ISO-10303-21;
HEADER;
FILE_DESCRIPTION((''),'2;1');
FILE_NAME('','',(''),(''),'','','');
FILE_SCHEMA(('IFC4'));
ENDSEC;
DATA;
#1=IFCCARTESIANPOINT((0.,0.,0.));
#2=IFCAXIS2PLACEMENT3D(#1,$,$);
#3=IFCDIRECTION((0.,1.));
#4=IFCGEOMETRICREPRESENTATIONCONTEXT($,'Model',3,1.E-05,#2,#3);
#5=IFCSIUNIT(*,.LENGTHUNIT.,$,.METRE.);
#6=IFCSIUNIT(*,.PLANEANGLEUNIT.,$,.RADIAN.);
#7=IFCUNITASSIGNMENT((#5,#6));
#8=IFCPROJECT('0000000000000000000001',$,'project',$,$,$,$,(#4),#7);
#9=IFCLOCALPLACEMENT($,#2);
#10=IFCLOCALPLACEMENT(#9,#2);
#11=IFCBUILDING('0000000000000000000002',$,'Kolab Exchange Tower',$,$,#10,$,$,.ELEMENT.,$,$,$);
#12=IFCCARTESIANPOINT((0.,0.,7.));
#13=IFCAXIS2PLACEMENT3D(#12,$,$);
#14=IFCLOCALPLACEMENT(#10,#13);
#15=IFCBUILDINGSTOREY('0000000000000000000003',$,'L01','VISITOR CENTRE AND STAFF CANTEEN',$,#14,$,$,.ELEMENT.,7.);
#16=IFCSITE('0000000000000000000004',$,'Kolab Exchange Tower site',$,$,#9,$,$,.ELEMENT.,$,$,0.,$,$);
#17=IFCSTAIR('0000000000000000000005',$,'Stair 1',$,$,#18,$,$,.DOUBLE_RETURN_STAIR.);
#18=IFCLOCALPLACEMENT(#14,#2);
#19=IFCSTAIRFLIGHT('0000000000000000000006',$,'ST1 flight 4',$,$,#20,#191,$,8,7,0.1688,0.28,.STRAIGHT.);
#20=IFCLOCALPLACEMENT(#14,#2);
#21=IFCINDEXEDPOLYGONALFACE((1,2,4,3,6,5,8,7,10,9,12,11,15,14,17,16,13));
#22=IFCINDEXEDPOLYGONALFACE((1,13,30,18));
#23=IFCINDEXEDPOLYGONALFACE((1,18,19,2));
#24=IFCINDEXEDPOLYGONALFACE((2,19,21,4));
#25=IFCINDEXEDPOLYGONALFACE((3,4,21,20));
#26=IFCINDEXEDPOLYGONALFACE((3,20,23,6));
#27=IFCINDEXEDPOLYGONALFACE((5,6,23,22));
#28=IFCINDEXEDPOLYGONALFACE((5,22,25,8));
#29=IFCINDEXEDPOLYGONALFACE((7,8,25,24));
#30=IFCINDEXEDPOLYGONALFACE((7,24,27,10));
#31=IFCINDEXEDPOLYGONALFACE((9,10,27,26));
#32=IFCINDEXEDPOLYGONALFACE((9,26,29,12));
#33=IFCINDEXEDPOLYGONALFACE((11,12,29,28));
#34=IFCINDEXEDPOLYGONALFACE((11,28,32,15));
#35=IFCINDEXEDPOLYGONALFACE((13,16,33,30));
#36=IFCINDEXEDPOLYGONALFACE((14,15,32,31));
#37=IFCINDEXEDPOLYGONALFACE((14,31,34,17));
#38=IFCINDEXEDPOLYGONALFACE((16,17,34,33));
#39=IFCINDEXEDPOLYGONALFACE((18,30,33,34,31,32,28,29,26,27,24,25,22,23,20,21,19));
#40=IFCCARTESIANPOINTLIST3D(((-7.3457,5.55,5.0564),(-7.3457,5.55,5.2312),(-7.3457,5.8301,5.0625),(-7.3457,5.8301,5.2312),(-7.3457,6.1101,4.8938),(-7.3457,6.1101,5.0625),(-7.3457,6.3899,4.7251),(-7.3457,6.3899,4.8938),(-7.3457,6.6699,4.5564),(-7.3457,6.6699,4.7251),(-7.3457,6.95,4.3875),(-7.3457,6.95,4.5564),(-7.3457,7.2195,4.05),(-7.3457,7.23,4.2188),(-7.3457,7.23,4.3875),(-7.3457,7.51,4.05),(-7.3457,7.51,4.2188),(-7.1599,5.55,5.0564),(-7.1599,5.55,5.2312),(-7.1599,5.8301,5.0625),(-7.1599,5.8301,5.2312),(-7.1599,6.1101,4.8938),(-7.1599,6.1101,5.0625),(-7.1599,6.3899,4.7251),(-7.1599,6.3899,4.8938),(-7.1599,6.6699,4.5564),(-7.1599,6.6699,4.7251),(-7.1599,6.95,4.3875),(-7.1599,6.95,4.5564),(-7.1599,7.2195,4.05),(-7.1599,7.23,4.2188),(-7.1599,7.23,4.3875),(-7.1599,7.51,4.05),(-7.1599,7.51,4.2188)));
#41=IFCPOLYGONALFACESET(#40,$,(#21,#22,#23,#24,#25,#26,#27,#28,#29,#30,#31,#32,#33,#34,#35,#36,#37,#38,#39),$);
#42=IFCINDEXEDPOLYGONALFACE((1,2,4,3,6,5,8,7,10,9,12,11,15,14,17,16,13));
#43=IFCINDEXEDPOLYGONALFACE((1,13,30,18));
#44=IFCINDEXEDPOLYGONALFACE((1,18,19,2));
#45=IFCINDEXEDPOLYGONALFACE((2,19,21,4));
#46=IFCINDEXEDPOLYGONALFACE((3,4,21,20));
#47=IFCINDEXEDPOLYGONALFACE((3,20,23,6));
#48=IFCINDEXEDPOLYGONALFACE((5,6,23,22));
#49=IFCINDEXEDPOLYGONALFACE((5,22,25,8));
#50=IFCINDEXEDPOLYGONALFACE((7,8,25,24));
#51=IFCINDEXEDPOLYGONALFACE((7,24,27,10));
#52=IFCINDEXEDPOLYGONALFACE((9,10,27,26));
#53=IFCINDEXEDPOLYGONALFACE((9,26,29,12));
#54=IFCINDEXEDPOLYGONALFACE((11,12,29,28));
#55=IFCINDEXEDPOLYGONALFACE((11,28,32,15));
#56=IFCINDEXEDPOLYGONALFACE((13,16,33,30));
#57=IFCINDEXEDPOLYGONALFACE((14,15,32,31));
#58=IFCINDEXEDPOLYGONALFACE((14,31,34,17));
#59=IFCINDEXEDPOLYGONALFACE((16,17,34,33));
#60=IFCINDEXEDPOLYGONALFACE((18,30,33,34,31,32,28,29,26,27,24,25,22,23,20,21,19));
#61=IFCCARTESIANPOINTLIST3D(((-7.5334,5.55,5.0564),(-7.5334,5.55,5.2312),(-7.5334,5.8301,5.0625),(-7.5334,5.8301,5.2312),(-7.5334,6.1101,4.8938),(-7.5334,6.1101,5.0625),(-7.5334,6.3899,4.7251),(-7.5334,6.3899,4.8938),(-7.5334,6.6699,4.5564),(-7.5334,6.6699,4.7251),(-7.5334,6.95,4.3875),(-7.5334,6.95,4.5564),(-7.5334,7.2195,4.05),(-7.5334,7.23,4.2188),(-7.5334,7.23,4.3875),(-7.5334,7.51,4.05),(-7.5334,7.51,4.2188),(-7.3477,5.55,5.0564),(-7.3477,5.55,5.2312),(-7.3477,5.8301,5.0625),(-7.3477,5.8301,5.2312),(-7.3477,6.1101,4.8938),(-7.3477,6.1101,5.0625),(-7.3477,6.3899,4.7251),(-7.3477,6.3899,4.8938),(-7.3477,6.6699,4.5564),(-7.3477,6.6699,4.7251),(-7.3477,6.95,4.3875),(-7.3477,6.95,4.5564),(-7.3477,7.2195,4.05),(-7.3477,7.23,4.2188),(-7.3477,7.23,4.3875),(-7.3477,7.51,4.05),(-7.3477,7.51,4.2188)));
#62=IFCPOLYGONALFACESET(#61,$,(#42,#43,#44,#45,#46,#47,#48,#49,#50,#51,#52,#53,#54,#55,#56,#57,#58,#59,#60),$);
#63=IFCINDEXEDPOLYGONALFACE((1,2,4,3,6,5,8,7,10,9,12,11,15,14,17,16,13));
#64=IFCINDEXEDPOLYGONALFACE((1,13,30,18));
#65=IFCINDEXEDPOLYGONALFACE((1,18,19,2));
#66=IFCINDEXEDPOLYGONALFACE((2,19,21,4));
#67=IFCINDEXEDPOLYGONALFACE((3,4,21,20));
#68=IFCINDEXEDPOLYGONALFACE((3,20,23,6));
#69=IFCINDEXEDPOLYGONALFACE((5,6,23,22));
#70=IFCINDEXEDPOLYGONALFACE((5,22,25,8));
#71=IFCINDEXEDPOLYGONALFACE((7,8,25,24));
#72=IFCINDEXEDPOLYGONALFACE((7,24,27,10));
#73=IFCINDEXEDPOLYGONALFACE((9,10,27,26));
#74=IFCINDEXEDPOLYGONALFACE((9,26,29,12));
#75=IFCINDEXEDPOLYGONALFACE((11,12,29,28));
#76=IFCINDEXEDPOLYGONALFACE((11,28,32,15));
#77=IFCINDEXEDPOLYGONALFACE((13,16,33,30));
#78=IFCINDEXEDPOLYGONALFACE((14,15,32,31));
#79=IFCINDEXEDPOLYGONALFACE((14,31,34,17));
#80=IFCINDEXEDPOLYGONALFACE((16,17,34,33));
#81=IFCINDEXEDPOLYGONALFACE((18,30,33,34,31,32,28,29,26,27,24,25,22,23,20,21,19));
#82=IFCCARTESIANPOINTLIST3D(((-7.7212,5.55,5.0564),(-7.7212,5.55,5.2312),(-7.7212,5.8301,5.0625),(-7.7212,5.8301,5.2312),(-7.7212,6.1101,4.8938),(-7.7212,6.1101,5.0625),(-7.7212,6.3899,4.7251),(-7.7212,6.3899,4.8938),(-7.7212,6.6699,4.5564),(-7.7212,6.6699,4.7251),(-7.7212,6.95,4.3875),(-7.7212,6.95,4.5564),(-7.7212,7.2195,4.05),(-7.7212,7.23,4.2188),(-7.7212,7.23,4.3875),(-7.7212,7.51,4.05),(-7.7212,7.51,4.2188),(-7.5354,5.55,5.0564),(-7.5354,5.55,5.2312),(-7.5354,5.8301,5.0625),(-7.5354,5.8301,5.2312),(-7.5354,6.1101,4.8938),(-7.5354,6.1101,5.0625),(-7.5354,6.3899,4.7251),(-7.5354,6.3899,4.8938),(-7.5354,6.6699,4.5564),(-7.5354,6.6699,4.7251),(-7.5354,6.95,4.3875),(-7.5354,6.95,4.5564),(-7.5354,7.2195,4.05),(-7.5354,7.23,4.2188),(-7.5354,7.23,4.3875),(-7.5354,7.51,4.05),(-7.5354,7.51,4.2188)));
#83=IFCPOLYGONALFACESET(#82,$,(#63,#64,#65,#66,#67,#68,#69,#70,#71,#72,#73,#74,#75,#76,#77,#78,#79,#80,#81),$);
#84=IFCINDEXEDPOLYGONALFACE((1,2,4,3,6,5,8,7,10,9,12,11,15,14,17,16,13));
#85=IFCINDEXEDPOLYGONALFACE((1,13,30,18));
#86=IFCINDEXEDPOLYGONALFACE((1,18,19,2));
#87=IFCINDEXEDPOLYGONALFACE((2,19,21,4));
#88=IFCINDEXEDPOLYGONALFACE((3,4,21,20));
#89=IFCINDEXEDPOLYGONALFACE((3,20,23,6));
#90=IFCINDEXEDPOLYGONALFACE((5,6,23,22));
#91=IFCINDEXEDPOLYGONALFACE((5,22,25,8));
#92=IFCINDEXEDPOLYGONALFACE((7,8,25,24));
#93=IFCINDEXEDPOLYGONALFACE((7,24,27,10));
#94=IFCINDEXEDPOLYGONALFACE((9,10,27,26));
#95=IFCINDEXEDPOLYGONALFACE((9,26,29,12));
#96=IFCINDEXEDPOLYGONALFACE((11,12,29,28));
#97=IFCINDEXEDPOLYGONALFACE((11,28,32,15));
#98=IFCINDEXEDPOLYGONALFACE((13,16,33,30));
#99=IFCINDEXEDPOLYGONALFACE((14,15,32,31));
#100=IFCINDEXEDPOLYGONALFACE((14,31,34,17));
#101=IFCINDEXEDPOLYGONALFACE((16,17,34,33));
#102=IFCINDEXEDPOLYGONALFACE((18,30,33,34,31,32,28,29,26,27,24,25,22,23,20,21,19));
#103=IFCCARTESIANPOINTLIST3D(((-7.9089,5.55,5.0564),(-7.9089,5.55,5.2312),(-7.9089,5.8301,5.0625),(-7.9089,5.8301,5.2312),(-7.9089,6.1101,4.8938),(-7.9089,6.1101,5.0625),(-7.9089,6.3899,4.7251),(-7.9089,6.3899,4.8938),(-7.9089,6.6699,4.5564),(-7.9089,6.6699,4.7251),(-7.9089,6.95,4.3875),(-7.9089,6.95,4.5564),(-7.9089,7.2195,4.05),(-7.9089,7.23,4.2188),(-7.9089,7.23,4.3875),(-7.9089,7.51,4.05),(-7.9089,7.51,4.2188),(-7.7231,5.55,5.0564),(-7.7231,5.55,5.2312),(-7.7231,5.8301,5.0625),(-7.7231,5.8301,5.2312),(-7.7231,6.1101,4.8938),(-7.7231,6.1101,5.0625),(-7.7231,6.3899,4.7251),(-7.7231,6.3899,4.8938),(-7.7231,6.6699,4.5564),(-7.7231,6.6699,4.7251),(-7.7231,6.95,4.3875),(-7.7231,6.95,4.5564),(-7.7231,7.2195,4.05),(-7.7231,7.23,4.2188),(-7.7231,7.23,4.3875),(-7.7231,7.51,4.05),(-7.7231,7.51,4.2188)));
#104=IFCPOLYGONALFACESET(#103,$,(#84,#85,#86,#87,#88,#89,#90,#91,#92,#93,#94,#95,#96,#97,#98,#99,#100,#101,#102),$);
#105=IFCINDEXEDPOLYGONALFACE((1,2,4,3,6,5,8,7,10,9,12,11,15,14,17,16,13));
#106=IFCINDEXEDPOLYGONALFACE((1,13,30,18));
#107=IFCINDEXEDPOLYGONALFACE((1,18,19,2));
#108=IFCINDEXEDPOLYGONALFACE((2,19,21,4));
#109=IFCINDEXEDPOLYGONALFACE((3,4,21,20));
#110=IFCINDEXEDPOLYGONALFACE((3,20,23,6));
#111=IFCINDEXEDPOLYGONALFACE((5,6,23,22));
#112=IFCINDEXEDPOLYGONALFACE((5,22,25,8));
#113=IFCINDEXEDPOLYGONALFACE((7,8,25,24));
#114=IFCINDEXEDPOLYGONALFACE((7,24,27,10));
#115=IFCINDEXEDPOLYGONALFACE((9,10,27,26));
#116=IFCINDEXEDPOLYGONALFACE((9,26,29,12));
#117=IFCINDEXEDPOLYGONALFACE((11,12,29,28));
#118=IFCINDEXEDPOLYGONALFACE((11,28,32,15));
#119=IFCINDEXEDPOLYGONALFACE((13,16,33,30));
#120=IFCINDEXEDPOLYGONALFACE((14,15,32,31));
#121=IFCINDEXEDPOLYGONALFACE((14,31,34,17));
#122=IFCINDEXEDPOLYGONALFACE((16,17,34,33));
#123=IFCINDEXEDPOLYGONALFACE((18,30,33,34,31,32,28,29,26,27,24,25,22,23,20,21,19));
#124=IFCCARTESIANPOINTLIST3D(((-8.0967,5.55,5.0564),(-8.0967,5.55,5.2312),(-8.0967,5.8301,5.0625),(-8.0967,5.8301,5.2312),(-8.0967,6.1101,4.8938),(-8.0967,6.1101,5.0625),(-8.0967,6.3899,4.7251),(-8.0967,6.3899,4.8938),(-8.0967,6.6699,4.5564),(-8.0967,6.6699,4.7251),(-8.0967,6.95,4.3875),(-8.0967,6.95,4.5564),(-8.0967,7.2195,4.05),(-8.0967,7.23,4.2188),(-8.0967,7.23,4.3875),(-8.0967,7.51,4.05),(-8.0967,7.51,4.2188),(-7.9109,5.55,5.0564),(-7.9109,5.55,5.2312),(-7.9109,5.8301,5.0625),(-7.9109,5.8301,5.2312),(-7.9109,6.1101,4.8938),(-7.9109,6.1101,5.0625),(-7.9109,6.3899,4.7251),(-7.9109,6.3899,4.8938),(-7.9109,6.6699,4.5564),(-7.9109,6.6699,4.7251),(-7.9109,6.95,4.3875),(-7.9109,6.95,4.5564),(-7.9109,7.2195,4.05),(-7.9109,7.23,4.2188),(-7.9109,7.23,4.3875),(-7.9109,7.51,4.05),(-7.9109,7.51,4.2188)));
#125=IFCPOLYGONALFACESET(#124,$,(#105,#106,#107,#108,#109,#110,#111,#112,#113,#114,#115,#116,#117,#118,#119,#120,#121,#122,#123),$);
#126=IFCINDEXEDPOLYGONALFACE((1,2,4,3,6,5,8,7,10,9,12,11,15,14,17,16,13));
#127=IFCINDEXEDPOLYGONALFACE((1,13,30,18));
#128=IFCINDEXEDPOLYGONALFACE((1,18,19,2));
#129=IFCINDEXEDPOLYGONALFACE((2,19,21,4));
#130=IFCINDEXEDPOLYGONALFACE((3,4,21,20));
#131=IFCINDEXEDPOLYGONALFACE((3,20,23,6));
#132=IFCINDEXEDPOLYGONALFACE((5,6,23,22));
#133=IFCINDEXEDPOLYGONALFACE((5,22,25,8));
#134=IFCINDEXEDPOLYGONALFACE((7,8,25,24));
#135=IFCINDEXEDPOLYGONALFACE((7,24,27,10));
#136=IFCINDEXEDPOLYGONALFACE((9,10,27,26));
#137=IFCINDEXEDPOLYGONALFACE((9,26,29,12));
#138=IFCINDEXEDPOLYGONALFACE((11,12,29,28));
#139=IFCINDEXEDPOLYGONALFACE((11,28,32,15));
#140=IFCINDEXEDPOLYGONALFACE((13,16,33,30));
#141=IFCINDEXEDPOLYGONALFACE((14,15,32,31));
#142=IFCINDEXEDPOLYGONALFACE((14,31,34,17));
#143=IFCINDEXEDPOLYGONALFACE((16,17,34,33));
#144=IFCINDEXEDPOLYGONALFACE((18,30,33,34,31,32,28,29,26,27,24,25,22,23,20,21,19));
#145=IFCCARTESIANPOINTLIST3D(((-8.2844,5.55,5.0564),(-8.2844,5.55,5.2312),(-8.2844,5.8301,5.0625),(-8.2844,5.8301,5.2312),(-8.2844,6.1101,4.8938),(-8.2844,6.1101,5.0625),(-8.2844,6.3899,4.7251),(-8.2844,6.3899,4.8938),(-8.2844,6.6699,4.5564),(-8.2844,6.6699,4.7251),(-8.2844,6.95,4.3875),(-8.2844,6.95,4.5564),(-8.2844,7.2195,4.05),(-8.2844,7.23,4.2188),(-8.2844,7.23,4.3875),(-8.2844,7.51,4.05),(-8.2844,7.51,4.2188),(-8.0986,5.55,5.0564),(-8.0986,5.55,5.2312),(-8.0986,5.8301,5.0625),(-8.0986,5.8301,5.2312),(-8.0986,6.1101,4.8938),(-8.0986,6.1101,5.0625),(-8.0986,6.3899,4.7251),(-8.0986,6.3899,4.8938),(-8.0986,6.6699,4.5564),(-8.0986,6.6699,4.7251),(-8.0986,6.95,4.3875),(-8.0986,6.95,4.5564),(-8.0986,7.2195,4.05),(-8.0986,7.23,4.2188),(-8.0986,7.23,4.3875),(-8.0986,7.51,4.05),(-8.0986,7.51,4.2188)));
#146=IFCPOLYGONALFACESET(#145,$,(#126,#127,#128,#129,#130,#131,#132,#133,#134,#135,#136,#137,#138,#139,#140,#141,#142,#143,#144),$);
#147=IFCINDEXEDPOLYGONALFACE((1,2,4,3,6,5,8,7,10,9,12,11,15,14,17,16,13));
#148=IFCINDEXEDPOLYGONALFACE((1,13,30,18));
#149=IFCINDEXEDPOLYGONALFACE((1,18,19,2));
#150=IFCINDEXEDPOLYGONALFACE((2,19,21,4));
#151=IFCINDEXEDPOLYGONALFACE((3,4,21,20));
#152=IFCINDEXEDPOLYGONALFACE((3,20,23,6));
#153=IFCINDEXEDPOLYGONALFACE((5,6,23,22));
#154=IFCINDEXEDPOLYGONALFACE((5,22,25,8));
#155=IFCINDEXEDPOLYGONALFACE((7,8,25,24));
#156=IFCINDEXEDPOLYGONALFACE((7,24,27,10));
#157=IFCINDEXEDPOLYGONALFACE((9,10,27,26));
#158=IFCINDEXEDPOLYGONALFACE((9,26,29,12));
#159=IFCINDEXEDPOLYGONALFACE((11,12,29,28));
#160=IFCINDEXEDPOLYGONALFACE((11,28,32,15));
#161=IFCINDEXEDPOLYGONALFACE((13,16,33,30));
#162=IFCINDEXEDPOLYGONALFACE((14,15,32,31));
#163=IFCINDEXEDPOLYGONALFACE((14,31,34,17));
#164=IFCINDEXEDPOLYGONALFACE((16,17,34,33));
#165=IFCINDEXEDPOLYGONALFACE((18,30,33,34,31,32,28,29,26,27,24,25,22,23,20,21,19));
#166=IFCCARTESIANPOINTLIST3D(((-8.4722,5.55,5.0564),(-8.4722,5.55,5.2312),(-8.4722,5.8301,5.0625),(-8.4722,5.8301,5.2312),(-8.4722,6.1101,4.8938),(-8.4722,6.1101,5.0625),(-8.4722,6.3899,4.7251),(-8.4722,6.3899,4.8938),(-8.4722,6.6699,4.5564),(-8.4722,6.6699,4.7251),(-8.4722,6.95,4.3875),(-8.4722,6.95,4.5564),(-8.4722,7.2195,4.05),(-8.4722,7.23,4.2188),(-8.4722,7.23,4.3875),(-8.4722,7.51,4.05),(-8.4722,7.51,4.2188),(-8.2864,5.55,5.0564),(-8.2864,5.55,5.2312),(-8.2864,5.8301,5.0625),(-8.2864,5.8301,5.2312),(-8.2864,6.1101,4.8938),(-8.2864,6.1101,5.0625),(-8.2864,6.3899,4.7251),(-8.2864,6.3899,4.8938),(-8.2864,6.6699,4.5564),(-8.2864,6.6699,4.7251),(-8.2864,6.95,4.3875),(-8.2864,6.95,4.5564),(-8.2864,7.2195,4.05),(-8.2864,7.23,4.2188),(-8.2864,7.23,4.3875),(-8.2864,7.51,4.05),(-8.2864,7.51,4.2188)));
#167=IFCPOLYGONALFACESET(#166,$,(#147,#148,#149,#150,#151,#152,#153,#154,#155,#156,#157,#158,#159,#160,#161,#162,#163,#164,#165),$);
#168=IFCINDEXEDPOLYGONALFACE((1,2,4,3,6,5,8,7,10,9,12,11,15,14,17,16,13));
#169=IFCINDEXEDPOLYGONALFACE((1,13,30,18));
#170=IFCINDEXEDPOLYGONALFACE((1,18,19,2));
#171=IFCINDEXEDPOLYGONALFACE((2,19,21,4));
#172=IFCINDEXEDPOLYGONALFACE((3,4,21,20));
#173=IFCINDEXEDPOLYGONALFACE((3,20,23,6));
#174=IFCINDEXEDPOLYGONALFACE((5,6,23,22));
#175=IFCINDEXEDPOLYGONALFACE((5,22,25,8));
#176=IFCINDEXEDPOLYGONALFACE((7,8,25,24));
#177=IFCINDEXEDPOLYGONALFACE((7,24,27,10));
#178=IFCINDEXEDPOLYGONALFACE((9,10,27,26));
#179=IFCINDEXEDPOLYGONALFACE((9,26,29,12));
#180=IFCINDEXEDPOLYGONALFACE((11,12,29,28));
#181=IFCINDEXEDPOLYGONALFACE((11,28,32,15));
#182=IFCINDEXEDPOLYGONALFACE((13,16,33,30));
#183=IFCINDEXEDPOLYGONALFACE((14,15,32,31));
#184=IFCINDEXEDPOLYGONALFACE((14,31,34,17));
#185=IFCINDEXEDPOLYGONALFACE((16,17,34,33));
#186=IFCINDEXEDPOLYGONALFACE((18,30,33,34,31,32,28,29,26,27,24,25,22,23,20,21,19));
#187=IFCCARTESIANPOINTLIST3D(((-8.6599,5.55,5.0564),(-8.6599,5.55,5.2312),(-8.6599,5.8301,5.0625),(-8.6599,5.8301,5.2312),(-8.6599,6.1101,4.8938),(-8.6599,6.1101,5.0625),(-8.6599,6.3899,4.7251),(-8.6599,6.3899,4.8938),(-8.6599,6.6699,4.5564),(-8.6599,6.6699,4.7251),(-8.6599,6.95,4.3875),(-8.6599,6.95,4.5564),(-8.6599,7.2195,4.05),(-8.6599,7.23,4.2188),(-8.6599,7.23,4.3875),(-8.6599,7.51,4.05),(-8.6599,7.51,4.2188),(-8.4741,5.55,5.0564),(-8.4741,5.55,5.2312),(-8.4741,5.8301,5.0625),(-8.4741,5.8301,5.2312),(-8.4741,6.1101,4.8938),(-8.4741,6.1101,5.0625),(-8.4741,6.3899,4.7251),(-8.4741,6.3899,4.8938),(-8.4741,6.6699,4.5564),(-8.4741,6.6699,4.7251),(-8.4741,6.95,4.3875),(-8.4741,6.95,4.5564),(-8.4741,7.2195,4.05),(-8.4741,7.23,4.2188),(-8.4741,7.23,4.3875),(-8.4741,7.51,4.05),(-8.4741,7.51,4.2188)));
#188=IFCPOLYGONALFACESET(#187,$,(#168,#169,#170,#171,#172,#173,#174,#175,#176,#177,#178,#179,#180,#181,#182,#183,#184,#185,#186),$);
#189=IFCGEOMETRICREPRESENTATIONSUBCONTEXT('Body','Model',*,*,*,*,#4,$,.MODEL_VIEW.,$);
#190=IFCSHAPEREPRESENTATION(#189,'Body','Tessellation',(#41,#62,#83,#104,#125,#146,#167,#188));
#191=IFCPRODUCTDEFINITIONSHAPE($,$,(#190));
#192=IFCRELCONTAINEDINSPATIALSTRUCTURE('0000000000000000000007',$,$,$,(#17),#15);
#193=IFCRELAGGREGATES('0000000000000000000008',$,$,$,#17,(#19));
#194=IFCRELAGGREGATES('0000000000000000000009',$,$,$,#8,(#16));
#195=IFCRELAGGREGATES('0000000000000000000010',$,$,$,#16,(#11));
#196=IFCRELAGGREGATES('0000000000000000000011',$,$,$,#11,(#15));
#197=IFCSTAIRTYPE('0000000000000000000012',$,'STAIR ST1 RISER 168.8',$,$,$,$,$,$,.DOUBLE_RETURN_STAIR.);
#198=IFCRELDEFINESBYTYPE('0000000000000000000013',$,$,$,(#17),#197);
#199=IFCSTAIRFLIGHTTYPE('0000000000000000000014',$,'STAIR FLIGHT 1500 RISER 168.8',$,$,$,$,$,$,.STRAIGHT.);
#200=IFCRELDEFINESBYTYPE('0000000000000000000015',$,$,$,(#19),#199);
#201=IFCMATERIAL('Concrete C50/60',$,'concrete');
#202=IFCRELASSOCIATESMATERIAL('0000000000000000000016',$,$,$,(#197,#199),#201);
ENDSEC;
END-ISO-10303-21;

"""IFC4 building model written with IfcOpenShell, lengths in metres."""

from ifc_helpers import new_model, si_unit, direction, frame, origin, place, context, subcontext, project, spatial, polyline, outline, extrude, material, type_object, element, aggregate, save


model = new_model("IFC4")

# Units and contexts
model_context = context("Model", 3, precision=1e-05, world=origin(), true_north=direction((0.0, 1.0)))
body_context = subcontext(model_context, "Body", "Model", "MODEL_VIEW")
ifc_project = project(units=[si_unit("LENGTHUNIT", "METRE"), si_unit("PLANEANGLEUNIT", "RADIAN")], contexts=[model_context])

# Site, building, storey
site_placement = place(None, origin())
site = spatial("IfcSite", under=ifc_project, at=site_placement, Name="Kolab Exchange Tower site", CompositionType="ELEMENT", RefElevation=0.0)
building_placement = place(site_placement, origin())
building = spatial("IfcBuilding", under=site, at=building_placement, Name="Kolab Exchange Tower", CompositionType="ELEMENT")
storey_placement = place(building_placement, frame((0.0, 0.0, 7.0)))
storey = spatial("IfcBuildingStorey", under=building, at=storey_placement, Name="L01", Description="VISITOR CENTRE AND STAFF CANTEEN", CompositionType="ELEMENT", Elevation=7.0)

# Shared definitions
ifc_material_1 = material(Name="Concrete C50/60", Category="concrete")

# Stair, stair flight
stair_type = type_object("IfcStairType", Name="STAIR ST1 RISER 168.8", PredefinedType="DOUBLE_RETURN_STAIR", material=ifc_material_1)
stair_placement = place(storey_placement, origin())
stair = element("IfcStair", 1, at=stair_placement, inside=storey, type_object=stair_type, Name="Stair 1", PredefinedType="DOUBLE_RETURN_STAIR")
stair_flight_type = type_object("IfcStairFlightType", Name="STAIR FLIGHT 1500 RISER 168.8", PredefinedType="STRAIGHT", material=ifc_material_1)
stair_flight_1_placement = place(storey_placement, frame((-7.9099, 7.51, 4.05), z_axis=(0.0, 0.0, 1.0), x_axis=(0.0, -1.0, 0.0)))
stair_flight_1 = element("IfcStairFlight", 2, at=stair_flight_1_placement, type_object=stair_flight_type, Name="ST1 flight 4", NumberOfRisers=8, NumberOfTreads=7, PredefinedType="STRAIGHT", RiserHeight=0.1688, TreadLength=0.28, context=body_context, shape_type="SweptSolid", body=[
    extrude(outline(polyline([(0.0, 0.0), (0.0, 0.1687), (0.28, 0.1687), (0.28, 0.3374), (0.5601, 0.3374), (0.5601, 0.5063), (0.8401, 0.5063), (0.8401, 0.675), (1.1201, 0.675), (1.1201, 0.8438), (1.3999, 0.8438), (1.3999, 1.0125), (1.6799, 1.0125), (1.6799, 1.1812), (1.96, 1.1812), (1.96, 1.3501), (1.96, 1.0063), (0.2905, 0.0), (0.0, 0.0)])), frame((0.0, 0.75, 0.0), z_axis=(0.0, -1.0, 0.0), x_axis=(1.0, 0.0, 0.0)), (0.0, 0.0, 1.0), 0.1858),
    extrude(outline(polyline([(0.0, 0.0), (0.0, 0.1687), (0.28, 0.1687), (0.28, 0.3374), (0.5601, 0.3374), (0.5601, 0.5063), (0.8401, 0.5063), (0.8401, 0.675), (1.1201, 0.675), (1.1201, 0.8438), (1.3999, 0.8438), (1.3999, 1.0125), (1.6799, 1.0125), (1.6799, 1.1812), (1.96, 1.1812), (1.96, 1.3501), (1.96, 1.0063), (0.2905, 0.0), (0.0, 0.0)])), frame((0.0, 0.5623, 0.0), z_axis=(0.0, -1.0, 0.0), x_axis=(1.0, 0.0, 0.0)), (0.0, 0.0, 1.0), 0.1858),
    extrude(outline(polyline([(0.0, 0.0), (0.0, 0.1687), (0.28, 0.1687), (0.28, 0.3374), (0.5601, 0.3374), (0.5601, 0.5063), (0.8401, 0.5063), (0.8401, 0.675), (1.1201, 0.675), (1.1201, 0.8438), (1.3999, 0.8438), (1.3999, 1.0125), (1.6799, 1.0125), (1.6799, 1.1812), (1.96, 1.1812), (1.96, 1.3501), (1.96, 1.0063), (0.2905, 0.0), (0.0, 0.0)])), frame((0.0, 0.3745, 0.0), z_axis=(0.0, -1.0, 0.0), x_axis=(1.0, 0.0, 0.0)), (0.0, 0.0, 1.0), 0.1858),
    extrude(outline(polyline([(0.0, 0.0), (0.0, 0.1687), (0.28, 0.1687), (0.28, 0.3374), (0.5601, 0.3374), (0.5601, 0.5063), (0.8401, 0.5063), (0.8401, 0.675), (1.1201, 0.675), (1.1201, 0.8438), (1.3999, 0.8438), (1.3999, 1.0125), (1.6799, 1.0125), (1.6799, 1.1812), (1.96, 1.1812), (1.96, 1.3501), (1.96, 1.0063), (0.2905, 0.0), (0.0, 0.0)])), frame((0.0, 0.1868, 0.0), z_axis=(0.0, -1.0, 0.0), x_axis=(1.0, 0.0, 0.0)), (0.0, 0.0, 1.0), 0.1858),
    extrude(outline(polyline([(0.0, 0.0), (0.0, 0.1687), (0.28, 0.1687), (0.28, 0.3374), (0.5601, 0.3374), (0.5601, 0.5063), (0.8401, 0.5063), (0.8401, 0.675), (1.1201, 0.675), (1.1201, 0.8438), (1.3999, 0.8438), (1.3999, 1.0125), (1.6799, 1.0125), (1.6799, 1.1812), (1.96, 1.1812), (1.96, 1.3501), (1.96, 1.0063), (0.2905, 0.0), (0.0, 0.0)])), frame((0.0, -0.001, 0.0), z_axis=(0.0, -1.0, 0.0), x_axis=(1.0, 0.0, 0.0)), (0.0, 0.0, 1.0), 0.1858),
    extrude(outline(polyline([(0.0, 0.0), (0.0, 0.1687), (0.28, 0.1687), (0.28, 0.3374), (0.5601, 0.3374), (0.5601, 0.5063), (0.8401, 0.5063), (0.8401, 0.675), (1.1201, 0.675), (1.1201, 0.8438), (1.3999, 0.8438), (1.3999, 1.0125), (1.6799, 1.0125), (1.6799, 1.1812), (1.96, 1.1812), (1.96, 1.3501), (1.96, 1.0063), (0.2905, 0.0), (0.0, 0.0)])), frame((0.0, -0.1887, 0.0), z_axis=(0.0, -1.0, 0.0), x_axis=(1.0, 0.0, 0.0)), (0.0, 0.0, 1.0), 0.1858),
    extrude(outline(polyline([(0.0, 0.0), (0.0, 0.1687), (0.28, 0.1687), (0.28, 0.3374), (0.5601, 0.3374), (0.5601, 0.5063), (0.8401, 0.5063), (0.8401, 0.675), (1.1201, 0.675), (1.1201, 0.8438), (1.3999, 0.8438), (1.3999, 1.0125), (1.6799, 1.0125), (1.6799, 1.1812), (1.96, 1.1812), (1.96, 1.3501), (1.96, 1.0063), (0.2905, 0.0), (0.0, 0.0)])), frame((0.0, -0.3765, 0.0), z_axis=(0.0, -1.0, 0.0), x_axis=(1.0, 0.0, 0.0)), (0.0, 0.0, 1.0), 0.1858),
    extrude(outline(polyline([(0.0, 0.0), (0.0, 0.1687), (0.28, 0.1687), (0.28, 0.3374), (0.5601, 0.3374), (0.5601, 0.5063), (0.8401, 0.5063), (0.8401, 0.675), (1.1201, 0.675), (1.1201, 0.8438), (1.3999, 0.8438), (1.3999, 1.0125), (1.6799, 1.0125), (1.6799, 1.1812), (1.96, 1.1812), (1.96, 1.3501), (1.96, 1.0063), (0.2905, 0.0), (0.0, 0.0)])), frame((0.0, -0.5642, 0.0), z_axis=(0.0, -1.0, 0.0), x_axis=(1.0, 0.0, 0.0)), (0.0, 0.0, 1.0), 0.1858),
])
aggregate(stair, [stair_flight_1])

save(model, "model.ifc")
